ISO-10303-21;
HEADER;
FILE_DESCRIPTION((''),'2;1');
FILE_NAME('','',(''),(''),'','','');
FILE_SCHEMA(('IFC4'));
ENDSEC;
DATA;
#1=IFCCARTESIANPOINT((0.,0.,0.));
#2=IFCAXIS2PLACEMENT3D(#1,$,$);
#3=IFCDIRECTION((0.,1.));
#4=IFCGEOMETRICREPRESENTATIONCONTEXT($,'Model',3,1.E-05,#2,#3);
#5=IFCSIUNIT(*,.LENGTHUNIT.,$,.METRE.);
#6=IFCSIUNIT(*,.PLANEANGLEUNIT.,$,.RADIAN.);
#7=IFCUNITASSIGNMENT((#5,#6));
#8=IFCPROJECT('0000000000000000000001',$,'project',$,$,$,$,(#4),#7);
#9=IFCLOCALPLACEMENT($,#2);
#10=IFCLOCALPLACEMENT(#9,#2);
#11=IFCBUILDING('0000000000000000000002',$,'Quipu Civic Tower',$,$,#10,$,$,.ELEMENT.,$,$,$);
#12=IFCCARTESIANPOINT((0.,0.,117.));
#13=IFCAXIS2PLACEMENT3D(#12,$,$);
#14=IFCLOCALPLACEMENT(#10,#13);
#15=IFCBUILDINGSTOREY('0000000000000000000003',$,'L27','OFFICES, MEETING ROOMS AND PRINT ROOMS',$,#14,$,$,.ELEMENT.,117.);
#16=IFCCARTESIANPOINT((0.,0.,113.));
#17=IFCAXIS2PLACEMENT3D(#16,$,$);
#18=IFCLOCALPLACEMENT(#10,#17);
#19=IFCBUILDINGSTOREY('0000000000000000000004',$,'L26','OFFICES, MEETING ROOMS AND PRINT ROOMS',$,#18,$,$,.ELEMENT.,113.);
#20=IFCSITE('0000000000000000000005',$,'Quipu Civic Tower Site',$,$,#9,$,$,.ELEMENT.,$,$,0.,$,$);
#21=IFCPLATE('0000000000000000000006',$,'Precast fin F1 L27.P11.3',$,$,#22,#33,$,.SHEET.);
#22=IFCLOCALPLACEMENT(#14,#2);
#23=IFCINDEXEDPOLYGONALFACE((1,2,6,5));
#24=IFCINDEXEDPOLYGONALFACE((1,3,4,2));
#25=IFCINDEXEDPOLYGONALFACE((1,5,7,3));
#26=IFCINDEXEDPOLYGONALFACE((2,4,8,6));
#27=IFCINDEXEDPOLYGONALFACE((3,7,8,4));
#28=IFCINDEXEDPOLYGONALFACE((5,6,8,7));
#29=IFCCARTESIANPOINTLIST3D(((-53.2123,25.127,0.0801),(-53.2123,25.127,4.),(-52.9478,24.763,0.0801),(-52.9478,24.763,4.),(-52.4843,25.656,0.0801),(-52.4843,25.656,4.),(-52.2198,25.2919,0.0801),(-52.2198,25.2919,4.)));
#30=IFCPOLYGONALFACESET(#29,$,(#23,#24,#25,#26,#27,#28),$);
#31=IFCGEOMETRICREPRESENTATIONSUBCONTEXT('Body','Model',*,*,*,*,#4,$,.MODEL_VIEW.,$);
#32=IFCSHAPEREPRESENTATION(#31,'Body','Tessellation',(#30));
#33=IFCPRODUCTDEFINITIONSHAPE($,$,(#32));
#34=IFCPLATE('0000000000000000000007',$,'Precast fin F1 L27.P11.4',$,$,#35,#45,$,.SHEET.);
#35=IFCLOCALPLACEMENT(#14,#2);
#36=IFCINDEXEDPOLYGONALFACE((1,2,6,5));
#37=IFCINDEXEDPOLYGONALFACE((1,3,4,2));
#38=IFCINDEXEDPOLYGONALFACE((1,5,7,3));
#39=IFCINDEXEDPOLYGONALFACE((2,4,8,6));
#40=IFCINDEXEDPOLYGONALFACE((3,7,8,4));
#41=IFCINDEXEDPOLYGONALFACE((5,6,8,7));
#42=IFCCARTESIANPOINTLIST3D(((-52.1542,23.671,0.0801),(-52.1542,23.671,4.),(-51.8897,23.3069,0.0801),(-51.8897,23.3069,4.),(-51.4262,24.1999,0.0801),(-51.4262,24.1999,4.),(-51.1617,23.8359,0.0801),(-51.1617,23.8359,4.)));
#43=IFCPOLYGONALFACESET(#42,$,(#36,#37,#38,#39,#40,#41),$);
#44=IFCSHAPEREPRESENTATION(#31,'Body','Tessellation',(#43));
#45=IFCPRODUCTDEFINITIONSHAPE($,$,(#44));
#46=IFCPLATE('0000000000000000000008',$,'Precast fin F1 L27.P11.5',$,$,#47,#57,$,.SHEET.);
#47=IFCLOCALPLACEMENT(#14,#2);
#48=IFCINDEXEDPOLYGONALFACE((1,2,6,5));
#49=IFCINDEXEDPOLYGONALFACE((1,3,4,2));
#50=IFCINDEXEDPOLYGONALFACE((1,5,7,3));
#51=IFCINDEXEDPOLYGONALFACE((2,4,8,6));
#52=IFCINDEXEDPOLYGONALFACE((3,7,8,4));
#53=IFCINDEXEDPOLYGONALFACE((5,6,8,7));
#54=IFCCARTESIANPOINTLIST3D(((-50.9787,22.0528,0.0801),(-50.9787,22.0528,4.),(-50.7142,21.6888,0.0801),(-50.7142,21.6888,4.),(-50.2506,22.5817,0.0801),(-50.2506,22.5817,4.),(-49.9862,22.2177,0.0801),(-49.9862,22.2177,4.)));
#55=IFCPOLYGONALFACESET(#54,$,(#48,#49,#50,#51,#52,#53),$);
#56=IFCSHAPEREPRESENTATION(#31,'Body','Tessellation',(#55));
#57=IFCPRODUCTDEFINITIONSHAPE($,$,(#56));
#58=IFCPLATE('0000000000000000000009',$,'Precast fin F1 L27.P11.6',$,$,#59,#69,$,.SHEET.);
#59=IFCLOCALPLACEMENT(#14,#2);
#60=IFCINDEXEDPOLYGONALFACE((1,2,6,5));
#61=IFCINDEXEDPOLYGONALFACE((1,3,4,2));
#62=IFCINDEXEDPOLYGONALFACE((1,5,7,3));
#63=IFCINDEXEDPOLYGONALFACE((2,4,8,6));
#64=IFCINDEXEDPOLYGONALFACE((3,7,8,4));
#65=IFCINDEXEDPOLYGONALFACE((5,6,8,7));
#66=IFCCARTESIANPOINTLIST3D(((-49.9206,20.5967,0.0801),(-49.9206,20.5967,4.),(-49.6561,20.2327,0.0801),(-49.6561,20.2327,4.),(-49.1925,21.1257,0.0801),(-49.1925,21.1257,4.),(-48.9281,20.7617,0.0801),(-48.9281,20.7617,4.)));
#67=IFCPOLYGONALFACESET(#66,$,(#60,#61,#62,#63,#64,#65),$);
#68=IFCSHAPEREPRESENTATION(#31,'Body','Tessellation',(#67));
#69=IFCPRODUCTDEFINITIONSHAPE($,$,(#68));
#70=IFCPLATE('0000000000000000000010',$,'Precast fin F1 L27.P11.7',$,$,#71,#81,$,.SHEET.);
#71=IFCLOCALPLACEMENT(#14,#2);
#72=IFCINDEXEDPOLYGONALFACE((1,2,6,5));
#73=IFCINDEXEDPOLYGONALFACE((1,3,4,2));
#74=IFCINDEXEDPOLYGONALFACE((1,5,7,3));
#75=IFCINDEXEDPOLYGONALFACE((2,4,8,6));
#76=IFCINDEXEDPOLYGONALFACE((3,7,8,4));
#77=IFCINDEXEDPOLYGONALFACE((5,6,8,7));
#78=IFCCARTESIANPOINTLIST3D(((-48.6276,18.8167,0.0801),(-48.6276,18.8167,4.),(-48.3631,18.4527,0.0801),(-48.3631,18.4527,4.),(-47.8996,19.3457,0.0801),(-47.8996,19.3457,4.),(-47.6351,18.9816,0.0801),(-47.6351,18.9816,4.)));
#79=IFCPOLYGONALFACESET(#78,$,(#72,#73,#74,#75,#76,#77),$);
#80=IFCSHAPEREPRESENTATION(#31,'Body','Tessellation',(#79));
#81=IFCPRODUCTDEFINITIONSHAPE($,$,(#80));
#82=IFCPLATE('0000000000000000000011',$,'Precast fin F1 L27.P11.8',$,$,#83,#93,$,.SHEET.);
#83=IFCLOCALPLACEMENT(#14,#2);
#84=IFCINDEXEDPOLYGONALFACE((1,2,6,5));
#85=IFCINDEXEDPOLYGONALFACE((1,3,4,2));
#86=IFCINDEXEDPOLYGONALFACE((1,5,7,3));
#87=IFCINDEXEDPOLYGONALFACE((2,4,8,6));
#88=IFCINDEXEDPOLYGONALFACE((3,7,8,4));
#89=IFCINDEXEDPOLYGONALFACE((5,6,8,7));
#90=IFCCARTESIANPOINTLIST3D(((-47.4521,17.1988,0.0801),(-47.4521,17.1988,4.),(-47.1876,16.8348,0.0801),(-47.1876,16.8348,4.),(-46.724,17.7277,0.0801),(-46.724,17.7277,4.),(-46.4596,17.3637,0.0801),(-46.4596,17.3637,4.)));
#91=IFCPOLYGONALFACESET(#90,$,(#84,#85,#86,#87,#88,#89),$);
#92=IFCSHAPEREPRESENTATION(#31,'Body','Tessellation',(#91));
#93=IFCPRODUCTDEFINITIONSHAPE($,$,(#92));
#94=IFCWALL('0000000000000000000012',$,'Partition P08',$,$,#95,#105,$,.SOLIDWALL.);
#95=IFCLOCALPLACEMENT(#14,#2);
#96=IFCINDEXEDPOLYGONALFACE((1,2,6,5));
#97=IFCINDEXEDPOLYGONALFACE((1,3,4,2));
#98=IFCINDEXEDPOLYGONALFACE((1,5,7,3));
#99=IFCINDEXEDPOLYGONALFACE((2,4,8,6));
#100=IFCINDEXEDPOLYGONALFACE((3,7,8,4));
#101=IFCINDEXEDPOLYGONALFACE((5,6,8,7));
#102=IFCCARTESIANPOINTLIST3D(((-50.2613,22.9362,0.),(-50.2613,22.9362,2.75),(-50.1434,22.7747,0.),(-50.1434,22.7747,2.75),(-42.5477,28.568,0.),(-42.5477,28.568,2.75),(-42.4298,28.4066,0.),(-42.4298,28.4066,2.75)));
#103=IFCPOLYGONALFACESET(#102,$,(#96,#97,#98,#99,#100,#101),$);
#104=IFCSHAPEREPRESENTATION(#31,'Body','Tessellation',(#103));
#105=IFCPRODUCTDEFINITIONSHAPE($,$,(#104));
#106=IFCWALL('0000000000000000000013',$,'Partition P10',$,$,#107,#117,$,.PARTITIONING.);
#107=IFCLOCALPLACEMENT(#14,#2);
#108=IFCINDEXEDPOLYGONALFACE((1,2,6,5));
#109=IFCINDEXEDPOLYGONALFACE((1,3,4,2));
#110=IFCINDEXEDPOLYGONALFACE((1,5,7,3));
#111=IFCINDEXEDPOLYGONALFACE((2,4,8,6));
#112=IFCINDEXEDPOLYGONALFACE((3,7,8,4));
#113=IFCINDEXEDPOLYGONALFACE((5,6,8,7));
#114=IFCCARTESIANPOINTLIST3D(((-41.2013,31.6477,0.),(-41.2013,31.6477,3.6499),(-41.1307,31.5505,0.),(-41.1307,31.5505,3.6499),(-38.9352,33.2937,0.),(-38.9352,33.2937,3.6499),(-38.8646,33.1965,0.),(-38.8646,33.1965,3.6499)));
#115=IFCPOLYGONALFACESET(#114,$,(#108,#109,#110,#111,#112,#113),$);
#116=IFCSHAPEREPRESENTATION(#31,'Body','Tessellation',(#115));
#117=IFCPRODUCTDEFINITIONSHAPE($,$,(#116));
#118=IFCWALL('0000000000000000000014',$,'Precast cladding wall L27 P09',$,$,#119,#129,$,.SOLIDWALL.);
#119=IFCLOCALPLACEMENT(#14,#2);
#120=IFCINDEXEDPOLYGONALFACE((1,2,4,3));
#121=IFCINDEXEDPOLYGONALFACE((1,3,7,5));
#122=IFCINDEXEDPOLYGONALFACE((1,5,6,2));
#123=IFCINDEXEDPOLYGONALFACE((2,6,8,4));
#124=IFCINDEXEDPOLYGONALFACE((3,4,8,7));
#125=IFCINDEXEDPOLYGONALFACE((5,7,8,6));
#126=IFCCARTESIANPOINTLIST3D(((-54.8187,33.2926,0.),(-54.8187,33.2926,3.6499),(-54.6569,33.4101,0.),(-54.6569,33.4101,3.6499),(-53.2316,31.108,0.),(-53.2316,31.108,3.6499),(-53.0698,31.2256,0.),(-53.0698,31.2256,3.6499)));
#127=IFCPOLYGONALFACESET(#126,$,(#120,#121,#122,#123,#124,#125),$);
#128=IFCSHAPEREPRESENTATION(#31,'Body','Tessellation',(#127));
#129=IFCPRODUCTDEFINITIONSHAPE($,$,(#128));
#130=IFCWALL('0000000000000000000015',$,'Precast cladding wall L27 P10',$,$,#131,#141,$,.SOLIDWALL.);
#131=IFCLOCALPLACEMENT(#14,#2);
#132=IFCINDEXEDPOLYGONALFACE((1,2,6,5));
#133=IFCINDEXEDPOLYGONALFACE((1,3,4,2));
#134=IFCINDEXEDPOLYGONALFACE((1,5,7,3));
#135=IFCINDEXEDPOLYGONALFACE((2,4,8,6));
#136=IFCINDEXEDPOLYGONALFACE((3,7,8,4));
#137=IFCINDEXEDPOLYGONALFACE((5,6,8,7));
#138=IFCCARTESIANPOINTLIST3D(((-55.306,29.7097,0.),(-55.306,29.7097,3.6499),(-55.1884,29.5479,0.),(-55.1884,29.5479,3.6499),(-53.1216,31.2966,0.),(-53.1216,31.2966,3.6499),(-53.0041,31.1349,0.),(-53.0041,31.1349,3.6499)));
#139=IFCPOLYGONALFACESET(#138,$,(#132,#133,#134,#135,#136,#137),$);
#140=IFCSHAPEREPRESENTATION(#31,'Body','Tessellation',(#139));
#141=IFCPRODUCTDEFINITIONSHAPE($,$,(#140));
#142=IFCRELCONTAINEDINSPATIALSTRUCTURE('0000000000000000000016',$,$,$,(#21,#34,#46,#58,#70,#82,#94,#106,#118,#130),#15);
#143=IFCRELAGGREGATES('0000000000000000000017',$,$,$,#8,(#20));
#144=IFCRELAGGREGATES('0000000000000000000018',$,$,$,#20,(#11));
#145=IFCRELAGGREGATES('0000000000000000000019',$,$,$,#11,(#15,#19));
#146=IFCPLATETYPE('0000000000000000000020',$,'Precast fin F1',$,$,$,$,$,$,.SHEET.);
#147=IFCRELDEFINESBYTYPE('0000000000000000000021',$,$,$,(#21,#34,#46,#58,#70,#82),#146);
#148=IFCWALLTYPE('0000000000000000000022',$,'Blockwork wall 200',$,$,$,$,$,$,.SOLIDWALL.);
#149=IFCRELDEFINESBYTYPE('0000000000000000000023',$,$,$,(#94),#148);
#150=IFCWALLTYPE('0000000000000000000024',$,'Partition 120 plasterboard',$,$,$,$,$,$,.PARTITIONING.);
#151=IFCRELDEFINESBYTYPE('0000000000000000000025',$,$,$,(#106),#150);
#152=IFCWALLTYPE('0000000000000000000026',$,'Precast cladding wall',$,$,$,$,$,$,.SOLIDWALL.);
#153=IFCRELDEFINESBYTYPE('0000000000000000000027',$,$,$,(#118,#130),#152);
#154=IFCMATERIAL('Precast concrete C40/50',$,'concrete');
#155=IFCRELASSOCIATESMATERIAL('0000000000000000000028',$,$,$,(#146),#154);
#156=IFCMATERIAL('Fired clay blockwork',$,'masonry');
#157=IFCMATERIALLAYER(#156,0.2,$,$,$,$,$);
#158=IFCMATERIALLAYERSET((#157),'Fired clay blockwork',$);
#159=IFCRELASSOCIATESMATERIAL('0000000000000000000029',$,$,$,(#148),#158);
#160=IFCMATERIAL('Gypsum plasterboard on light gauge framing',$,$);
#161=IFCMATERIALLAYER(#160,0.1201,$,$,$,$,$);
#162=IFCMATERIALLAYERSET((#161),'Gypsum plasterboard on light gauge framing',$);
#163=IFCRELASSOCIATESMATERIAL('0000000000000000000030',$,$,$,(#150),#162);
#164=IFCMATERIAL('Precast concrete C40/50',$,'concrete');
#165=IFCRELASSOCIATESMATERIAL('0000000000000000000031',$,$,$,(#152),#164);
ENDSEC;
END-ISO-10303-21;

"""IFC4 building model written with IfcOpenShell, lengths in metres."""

from ifc_helpers import new_model, si_unit, direction, frame, frame_2d, origin, origin_2d, place, context, subcontext, project, spatial, rectangle, extrude, material, layer, layer_set, type_object, element, save


model = new_model("IFC4")

# Units and contexts
model_context = context("Model", 3, precision=1e-05, world=origin(), true_north=direction((0.0, 1.0)))
body_context = subcontext(model_context, "Body", "Model", "MODEL_VIEW")
ifc_project = project(units=[si_unit("LENGTHUNIT", "METRE"), si_unit("PLANEANGLEUNIT", "RADIAN")], contexts=[model_context])

# Site, building, storey
site_placement = place(None, origin())
site = spatial("IfcSite", under=ifc_project, at=site_placement, Name="Quipu Civic Tower Site", CompositionType="ELEMENT", RefElevation=0.0)
building_placement = place(site_placement, origin())
building = spatial("IfcBuilding", under=site, at=building_placement, Name="Quipu Civic Tower", CompositionType="ELEMENT")
storey_1_placement = place(building_placement, frame((0.0, 0.0, 117.0)))
storey_1 = spatial("IfcBuildingStorey", under=building, at=storey_1_placement, Name="L27", Description="OFFICES, MEETING ROOMS AND PRINT ROOMS", CompositionType="ELEMENT", Elevation=117.0)

# Shared definitions
storey_2_placement = place(building_placement, frame((0.0, 0.0, 113.0)))
storey_2 = spatial("IfcBuildingStorey", under=building, at=storey_2_placement, Name="L26", Description="OFFICES, MEETING ROOMS AND PRINT ROOMS", CompositionType="ELEMENT", Elevation=113.0)

# Plates
ifc_material_1 = material(Name="Precast concrete C40/50", Category="concrete")
plate_type_1 = type_object("IfcPlateType", Name="Precast fin F1", PredefinedType="SHEET", material=ifc_material_1)
for number, where, z_axis, x_axis, name in (
    (1, (-52.7161, 25.2095, 0.0801), (0.0, 0.0, 1.0), (0.587786, -0.809017, 0.0), "Precast fin F1 L27.P11.3"),
    (2, (-51.658, 23.7534, 0.0801), (0.0, 0.0, 1.0), (0.587786, -0.809017, 0.0), "Precast fin F1 L27.P11.4"),
    (3, (-50.4824, 22.1353, 0.0801), (0.0, 0.0, 1.0), (0.587786, -0.809017, 0.0), "Precast fin F1 L27.P11.5"),
    (4, (-49.4243, 20.6792, 0.0801), (0.0, 0.0, 1.0), (0.587786, -0.809017, 0.0), "Precast fin F1 L27.P11.6"),
    (5, (-48.1313, 18.8992, 0.0801), (0.0, 0.0, 1.0), (0.587786, -0.809017, 0.0), "Precast fin F1 L27.P11.7"),
    (6, (-46.9558, 17.2812, 0.0801), (0.0, 0.0, 1.0), (0.587786, -0.809017, 0.0), "Precast fin F1 L27.P11.8"),
):
    element("IfcPlate", number, at=place(storey_1_placement, frame(where, z_axis=z_axis, x_axis=x_axis)), inside=storey_1, type_object=plate_type_1, Name=name, PredefinedType="SHEET", context=body_context, shape_type="SweptSolid", body=[
        extrude(rectangle(XDim=0.45, YDim=0.8999, at=origin_2d()), origin(), (0.0, 0.0, 1.0), 3.9199),
    ])

# Walls
ifc_material_2 = material(Name="Fired clay blockwork", Category="masonry")
ifc_layer_1 = layer(ifc_material_2, 0.2)
ifc_layer_set_1 = layer_set([ifc_layer_1], Name="Fired clay blockwork")
wall_type_1 = type_object("IfcWallType", Name="Blockwork wall 200", PredefinedType="SOLIDWALL", material=ifc_layer_set_1)
wall_1_placement = place(storey_1_placement, frame((-50.2024, 22.8555, 0.0), z_axis=(0.0, 0.0, 1.0), x_axis=(0.807643, 0.589672, 0.0)))
element("IfcWall", 7, at=wall_1_placement, inside=storey_1, type_object=wall_type_1, Name="Partition P08", PredefinedType="SOLIDWALL", context=body_context, shape_type="SweptSolid", body=[
    extrude(rectangle(XDim=9.5508, YDim=0.2, at=frame_2d((4.7754, 0.0))), origin(), (0.0, 0.0, 1.0), 2.75),
])
ifc_material_3 = material(Name="Gypsum plasterboard on light gauge framing")
ifc_layer_2 = layer(ifc_material_3, 0.1201)
ifc_layer_set_2 = layer_set([ifc_layer_2], Name="Gypsum plasterboard on light gauge framing")
wall_type_2 = type_object("IfcWallType", Name="Partition 120 plasterboard", PredefinedType="PARTITIONING", material=ifc_layer_set_2)
wall_2_placement = place(storey_1_placement, frame((-41.166, 31.5991, 0.0), z_axis=(0.0, 0.0, 1.0), x_axis=(0.80909, 0.587684, 0.0)))
element("IfcWall", 8, at=wall_2_placement, inside=storey_1, type_object=wall_type_2, Name="Partition P10", PredefinedType="PARTITIONING", context=body_context, shape_type="SweptSolid", body=[
    extrude(rectangle(XDim=2.8008, YDim=0.1201, at=frame_2d((1.4004, 0.0))), origin(), (0.0, 0.0, 1.0), 3.6499),
])
ifc_material_4 = material(Name="Precast concrete C40/50", Category="concrete")
wall_type_3 = type_object("IfcWallType", Name="Precast cladding wall", PredefinedType="SOLIDWALL", material=ifc_material_4)
wall_3_placement = place(storey_1_placement, frame((-54.7378, 33.3513, 0.0), z_axis=(0.0, 0.0, 1.0), x_axis=(0.587779, -0.809021, 0.0)))
element("IfcWall", 9, at=wall_3_placement, inside=storey_1, type_object=wall_type_3, Name="Precast cladding wall L27 P09", PredefinedType="SOLIDWALL", context=body_context, shape_type="SweptSolid", body=[
    extrude(rectangle(XDim=2.7002, YDim=0.2, at=frame_2d((1.3501, 0.0))), origin(), (0.0, 0.0, 1.0), 3.6499),
])
wall_4_placement = place(storey_1_placement, frame((-53.0627, 31.2158, 0.0), z_axis=(0.0, 0.0, 1.0), x_axis=(-0.809033, -0.587763, 0.0)))
element("IfcWall", 10, at=wall_4_placement, inside=storey_1, type_object=wall_type_3, Name="Precast cladding wall L27 P10", PredefinedType="SOLIDWALL", context=body_context, shape_type="SweptSolid", body=[
    extrude(rectangle(XDim=2.7, YDim=0.2, at=frame_2d((1.3501, 0.0))), origin(), (0.0, 0.0, 1.0), 3.6499),
])

save(model, "model.ifc")
